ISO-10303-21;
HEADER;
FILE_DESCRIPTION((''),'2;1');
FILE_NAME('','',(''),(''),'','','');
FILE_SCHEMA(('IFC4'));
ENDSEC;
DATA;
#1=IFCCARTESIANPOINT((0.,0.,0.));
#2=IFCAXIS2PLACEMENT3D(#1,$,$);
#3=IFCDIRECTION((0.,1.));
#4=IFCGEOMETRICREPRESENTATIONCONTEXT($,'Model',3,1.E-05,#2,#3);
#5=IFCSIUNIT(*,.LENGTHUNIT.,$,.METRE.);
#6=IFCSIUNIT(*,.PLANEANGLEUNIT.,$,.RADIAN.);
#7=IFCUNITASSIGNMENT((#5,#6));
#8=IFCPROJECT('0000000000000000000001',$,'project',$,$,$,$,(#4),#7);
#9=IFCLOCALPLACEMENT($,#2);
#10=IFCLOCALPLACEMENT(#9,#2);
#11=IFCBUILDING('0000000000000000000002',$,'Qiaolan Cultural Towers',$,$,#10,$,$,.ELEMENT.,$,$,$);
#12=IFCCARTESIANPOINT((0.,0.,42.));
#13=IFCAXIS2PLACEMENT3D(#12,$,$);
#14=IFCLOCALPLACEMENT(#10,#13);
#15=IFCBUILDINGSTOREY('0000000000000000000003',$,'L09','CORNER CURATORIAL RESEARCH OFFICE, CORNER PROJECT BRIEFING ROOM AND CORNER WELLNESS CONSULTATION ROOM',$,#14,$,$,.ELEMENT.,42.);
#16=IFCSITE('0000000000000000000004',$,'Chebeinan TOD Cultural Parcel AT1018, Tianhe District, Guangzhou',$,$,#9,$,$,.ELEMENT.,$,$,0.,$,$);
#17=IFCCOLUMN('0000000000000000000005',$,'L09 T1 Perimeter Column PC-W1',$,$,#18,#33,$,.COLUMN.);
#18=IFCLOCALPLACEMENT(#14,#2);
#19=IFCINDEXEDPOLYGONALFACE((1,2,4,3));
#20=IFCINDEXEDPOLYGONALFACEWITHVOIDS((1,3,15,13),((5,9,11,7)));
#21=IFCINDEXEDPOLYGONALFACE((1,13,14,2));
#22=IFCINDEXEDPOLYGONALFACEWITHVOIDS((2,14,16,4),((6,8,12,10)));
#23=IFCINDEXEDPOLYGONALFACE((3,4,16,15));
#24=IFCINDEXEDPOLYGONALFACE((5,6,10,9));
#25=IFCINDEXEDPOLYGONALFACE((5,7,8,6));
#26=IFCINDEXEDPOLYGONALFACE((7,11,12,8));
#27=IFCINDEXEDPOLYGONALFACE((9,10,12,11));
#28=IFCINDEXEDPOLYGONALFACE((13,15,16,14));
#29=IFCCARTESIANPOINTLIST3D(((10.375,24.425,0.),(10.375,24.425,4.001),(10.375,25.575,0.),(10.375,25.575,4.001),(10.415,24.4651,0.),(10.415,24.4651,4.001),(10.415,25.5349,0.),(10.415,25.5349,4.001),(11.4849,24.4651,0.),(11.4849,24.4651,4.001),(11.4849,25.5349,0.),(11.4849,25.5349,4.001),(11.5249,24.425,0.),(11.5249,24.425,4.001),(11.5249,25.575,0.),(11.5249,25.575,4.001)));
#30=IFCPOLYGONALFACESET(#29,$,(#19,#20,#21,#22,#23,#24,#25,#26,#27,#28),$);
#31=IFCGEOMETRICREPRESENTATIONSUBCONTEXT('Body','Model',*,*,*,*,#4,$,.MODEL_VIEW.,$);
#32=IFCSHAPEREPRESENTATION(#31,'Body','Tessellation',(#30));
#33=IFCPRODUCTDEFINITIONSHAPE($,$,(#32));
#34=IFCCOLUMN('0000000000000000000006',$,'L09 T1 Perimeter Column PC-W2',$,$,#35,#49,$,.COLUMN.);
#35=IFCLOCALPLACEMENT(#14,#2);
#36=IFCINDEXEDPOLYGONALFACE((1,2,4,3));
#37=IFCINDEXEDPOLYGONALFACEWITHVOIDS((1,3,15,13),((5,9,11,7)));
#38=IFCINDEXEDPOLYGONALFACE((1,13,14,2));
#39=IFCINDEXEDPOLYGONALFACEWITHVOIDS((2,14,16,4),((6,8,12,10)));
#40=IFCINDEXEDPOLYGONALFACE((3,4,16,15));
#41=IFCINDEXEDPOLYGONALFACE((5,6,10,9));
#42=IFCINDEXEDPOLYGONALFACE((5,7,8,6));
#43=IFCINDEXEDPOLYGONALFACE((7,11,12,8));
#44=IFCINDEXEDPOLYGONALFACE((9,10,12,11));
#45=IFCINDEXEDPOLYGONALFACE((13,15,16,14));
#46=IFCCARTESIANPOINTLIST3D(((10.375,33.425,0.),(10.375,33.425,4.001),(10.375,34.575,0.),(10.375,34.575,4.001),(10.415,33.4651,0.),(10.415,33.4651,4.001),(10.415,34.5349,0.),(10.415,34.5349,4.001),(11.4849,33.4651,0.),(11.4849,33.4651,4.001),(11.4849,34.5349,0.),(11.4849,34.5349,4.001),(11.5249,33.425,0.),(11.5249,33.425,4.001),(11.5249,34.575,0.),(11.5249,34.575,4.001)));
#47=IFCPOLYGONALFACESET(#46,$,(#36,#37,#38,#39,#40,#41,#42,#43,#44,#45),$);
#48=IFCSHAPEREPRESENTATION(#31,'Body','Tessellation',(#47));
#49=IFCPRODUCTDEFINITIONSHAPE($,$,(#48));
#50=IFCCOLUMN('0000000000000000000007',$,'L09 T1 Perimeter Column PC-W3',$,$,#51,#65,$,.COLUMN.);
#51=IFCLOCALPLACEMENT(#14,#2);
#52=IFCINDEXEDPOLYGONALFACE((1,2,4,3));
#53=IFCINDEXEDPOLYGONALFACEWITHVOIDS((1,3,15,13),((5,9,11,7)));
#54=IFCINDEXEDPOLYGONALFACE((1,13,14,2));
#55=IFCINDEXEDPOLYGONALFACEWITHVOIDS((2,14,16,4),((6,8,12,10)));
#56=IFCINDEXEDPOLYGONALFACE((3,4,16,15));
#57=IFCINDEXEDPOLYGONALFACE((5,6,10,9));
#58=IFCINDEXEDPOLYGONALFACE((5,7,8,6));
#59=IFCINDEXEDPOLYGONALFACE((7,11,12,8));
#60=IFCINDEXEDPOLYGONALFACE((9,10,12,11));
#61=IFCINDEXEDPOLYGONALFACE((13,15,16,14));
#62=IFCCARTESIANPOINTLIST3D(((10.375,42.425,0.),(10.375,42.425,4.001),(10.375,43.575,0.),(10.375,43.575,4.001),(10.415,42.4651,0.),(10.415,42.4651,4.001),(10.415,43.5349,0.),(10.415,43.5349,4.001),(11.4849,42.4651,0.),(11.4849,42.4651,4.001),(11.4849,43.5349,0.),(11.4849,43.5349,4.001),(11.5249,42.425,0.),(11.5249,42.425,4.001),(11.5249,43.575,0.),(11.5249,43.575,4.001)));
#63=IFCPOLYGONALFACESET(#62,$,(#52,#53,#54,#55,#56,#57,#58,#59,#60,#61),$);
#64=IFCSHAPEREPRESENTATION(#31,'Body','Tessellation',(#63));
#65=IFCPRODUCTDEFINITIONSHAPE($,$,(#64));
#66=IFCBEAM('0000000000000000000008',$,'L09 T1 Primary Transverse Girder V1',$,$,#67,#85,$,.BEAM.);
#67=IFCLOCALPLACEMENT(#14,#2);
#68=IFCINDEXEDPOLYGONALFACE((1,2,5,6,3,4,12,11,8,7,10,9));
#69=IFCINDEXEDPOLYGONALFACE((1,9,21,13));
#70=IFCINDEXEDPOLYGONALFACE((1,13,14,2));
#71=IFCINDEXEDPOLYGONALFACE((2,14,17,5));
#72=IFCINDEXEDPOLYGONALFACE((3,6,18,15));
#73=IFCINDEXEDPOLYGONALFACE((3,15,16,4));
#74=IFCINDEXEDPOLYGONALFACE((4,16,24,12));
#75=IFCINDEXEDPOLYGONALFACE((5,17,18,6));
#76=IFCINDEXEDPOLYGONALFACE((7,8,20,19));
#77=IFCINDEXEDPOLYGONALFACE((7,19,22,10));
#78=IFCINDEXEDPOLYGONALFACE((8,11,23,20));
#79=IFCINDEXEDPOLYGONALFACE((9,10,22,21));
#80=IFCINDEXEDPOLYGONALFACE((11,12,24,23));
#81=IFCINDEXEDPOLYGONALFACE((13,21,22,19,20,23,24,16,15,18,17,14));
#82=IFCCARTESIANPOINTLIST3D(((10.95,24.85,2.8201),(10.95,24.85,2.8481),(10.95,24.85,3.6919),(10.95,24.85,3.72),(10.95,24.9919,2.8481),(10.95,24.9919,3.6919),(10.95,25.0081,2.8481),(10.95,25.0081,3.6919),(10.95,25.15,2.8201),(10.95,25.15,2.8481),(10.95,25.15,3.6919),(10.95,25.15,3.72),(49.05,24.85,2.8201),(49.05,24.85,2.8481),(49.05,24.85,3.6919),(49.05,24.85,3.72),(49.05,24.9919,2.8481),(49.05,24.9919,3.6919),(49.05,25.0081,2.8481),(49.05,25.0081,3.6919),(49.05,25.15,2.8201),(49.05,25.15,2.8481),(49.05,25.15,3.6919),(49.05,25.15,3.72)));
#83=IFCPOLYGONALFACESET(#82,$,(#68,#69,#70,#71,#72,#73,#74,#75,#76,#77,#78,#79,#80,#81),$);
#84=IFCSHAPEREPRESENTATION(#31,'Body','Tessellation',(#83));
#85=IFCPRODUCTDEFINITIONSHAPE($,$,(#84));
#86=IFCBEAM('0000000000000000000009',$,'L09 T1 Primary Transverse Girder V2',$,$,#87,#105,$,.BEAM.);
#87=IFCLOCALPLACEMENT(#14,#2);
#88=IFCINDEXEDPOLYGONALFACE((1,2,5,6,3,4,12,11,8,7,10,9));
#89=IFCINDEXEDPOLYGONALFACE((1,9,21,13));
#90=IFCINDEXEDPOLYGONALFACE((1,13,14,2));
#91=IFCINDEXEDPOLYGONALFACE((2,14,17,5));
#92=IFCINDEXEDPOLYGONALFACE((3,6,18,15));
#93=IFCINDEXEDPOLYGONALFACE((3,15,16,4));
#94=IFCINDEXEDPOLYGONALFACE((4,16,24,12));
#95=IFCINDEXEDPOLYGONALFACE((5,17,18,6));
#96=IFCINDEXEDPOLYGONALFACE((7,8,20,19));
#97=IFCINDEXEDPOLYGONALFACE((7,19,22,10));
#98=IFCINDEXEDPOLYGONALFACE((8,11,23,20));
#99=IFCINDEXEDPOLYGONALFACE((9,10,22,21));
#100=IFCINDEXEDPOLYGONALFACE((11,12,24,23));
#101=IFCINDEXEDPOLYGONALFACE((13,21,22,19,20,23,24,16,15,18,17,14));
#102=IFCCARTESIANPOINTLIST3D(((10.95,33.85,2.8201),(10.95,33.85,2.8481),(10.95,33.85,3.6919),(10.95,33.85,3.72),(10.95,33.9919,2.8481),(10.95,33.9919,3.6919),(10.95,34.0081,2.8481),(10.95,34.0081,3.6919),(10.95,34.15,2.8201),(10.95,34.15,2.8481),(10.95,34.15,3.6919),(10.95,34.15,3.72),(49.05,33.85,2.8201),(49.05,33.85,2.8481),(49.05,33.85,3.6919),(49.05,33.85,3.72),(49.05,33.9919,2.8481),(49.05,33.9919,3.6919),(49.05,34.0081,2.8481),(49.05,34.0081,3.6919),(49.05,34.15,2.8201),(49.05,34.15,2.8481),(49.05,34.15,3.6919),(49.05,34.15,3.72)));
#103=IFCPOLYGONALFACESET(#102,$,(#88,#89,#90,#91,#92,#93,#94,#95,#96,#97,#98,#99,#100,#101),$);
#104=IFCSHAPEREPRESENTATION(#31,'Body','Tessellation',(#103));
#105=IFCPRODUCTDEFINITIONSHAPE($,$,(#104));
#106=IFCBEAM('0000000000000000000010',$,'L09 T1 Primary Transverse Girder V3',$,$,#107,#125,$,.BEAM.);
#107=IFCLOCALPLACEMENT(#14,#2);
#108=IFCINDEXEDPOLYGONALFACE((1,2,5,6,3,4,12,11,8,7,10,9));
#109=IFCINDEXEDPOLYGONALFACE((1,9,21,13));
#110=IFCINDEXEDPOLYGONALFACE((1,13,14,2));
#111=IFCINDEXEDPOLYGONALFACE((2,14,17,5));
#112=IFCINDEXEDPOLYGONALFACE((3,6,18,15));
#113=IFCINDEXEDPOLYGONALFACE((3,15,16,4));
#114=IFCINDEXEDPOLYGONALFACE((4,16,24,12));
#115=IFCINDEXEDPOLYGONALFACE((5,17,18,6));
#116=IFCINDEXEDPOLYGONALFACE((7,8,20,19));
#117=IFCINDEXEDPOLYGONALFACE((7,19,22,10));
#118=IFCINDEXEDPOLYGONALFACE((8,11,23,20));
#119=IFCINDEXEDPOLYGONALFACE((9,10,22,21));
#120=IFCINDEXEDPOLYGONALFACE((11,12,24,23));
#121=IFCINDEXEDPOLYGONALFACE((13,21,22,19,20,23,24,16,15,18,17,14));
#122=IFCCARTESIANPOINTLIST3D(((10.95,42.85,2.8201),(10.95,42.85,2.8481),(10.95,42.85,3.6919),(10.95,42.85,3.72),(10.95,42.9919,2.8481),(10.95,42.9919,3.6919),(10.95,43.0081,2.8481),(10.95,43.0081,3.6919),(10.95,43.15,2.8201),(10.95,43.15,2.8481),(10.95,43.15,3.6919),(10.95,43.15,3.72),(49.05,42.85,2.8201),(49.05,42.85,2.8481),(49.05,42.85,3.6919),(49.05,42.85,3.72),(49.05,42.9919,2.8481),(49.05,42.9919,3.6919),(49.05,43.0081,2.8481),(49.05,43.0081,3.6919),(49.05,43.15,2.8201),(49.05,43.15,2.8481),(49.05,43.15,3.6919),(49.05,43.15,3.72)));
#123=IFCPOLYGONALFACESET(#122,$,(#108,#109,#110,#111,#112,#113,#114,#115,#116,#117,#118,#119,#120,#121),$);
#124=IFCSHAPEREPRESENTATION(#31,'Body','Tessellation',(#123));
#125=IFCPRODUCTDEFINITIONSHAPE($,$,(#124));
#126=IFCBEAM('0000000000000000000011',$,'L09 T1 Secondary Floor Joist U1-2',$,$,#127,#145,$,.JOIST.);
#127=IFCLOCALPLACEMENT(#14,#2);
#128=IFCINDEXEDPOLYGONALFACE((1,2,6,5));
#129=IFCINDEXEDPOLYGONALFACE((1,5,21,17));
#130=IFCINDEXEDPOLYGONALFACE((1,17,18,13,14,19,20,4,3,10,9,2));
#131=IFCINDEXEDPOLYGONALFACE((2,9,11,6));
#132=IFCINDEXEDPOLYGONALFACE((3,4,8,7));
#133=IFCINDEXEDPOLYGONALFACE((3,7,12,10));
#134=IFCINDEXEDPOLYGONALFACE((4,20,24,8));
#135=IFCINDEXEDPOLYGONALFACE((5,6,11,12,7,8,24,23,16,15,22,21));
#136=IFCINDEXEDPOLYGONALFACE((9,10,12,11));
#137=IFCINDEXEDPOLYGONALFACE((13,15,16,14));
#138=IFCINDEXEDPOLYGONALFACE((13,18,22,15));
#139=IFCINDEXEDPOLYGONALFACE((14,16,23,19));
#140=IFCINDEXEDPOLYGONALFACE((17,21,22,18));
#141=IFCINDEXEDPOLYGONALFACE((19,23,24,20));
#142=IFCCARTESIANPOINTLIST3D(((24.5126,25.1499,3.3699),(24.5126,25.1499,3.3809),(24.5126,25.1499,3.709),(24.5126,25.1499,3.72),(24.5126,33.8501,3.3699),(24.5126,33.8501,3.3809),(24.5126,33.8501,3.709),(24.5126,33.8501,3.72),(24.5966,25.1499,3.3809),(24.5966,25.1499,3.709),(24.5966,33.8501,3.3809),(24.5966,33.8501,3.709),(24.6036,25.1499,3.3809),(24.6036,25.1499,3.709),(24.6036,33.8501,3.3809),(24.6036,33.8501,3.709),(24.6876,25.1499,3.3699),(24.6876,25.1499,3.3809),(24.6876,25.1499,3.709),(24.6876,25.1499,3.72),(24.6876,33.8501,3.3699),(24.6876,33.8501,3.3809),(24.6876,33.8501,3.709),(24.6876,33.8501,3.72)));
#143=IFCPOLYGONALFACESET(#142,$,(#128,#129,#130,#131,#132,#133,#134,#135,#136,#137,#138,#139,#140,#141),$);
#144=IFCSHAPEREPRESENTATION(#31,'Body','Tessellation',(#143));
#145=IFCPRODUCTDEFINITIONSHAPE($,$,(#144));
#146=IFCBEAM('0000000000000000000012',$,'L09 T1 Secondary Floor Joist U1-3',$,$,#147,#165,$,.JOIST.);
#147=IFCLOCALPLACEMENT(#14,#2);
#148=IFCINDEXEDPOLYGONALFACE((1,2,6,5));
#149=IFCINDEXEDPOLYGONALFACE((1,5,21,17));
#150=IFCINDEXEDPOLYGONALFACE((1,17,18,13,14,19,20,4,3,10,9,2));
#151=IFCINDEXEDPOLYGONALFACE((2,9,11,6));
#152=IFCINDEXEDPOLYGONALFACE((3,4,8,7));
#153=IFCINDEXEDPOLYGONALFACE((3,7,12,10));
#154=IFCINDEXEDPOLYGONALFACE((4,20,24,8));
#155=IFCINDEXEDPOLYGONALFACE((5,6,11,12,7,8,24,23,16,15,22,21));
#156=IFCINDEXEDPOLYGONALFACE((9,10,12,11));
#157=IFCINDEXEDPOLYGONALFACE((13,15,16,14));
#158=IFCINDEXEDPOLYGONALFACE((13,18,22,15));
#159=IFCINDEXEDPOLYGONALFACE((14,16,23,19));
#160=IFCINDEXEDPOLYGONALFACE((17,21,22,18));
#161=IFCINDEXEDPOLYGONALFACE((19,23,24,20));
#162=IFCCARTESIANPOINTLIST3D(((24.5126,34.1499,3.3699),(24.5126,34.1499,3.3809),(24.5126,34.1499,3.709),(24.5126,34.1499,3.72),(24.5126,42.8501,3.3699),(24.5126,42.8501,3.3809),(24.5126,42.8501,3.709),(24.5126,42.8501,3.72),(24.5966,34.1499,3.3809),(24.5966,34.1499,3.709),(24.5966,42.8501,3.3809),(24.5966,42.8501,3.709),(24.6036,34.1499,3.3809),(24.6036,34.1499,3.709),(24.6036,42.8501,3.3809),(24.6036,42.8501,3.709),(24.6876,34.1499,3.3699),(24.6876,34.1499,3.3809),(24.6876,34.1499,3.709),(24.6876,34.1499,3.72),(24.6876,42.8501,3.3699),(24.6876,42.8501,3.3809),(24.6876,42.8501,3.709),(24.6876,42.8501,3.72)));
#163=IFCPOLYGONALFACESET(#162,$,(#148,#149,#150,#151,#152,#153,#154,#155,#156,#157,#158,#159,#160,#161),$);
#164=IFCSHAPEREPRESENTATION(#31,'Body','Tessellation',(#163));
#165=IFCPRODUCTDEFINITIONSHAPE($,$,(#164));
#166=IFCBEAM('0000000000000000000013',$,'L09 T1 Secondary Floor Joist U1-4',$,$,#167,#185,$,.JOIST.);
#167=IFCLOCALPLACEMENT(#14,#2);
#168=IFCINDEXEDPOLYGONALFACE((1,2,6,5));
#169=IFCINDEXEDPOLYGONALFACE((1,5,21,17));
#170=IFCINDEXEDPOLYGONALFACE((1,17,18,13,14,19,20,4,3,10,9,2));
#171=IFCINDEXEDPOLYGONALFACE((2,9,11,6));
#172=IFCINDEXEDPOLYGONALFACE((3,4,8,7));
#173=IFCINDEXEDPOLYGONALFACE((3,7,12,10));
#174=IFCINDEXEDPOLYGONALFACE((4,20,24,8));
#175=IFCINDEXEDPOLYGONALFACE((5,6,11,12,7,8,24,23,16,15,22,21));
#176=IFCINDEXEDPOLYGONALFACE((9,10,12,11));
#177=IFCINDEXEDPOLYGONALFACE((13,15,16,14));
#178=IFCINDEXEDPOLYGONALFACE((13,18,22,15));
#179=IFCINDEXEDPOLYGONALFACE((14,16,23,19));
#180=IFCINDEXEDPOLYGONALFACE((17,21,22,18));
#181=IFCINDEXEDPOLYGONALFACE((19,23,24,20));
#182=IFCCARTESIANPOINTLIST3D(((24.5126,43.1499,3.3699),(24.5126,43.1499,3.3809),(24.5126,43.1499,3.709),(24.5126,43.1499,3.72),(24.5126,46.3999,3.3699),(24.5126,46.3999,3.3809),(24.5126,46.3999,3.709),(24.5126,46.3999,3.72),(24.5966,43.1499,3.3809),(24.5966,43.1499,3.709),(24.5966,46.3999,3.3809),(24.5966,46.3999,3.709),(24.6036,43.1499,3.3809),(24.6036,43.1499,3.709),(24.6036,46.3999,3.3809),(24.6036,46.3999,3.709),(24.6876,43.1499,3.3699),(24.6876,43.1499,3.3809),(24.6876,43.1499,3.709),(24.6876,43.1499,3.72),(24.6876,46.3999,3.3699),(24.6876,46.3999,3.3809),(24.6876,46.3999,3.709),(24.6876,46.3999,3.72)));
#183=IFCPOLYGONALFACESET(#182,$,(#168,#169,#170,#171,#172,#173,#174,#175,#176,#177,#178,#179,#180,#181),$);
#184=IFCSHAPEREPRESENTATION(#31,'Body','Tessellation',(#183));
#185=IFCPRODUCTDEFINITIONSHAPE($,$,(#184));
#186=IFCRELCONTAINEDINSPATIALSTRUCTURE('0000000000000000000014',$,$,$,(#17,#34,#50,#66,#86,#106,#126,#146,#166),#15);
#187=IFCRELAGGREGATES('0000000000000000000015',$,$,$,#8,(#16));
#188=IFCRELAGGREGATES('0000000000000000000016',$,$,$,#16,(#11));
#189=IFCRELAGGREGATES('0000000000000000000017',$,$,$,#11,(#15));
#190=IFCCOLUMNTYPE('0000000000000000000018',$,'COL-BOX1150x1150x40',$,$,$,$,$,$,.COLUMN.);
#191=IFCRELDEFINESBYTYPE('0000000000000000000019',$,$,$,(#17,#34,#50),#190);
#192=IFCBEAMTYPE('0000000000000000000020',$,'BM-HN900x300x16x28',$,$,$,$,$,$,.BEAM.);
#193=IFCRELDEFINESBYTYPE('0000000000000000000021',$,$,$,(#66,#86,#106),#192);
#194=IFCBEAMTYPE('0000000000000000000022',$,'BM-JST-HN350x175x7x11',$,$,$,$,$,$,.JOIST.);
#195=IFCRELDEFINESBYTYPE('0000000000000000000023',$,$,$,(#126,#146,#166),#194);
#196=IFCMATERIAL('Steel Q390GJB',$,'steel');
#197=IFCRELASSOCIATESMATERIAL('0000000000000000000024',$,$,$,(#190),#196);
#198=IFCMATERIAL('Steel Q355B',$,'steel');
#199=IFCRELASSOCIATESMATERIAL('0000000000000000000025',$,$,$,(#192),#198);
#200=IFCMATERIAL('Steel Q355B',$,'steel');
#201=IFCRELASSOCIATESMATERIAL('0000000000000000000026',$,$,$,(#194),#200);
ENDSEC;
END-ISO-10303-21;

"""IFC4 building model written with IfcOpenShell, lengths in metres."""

from ifc_helpers import new_model, si_unit, direction, frame, origin, origin_2d, place, context, subcontext, project, spatial, hollow_rectangle, i_section, extrude, material, material_profile, profile_set, type_object, element, save


model = new_model("IFC4")

# Units and contexts
model_context = context("Model", 3, precision=1e-05, world=origin(), true_north=direction((0.0, 1.0)))
body_context = subcontext(model_context, "Body", "Model", "MODEL_VIEW")
ifc_project = project(units=[si_unit("LENGTHUNIT", "METRE"), si_unit("PLANEANGLEUNIT", "RADIAN")], contexts=[model_context])

# Site, building, storey
site_placement = place(None, origin())
site = spatial("IfcSite", under=ifc_project, at=site_placement, Name="Chebeinan TOD Cultural Parcel AT1018, Tianhe District, Guangzhou", CompositionType="ELEMENT", RefElevation=0.0)
building_placement = place(site_placement, origin())
building = spatial("IfcBuilding", under=site, at=building_placement, Name="Qiaolan Cultural Towers", CompositionType="ELEMENT")
storey_placement = place(building_placement, frame((0.0, 0.0, 42.0)))
storey = spatial("IfcBuildingStorey", under=building, at=storey_placement, Name="L09", Description="CORNER CURATORIAL RESEARCH OFFICE, CORNER PROJECT BRIEFING ROOM AND CORNER WELLNESS CONSULTATION ROOM", CompositionType="ELEMENT", Elevation=42.0)

# Columns
ifc_material_1 = material(Name="Steel Q390GJB", Category="steel")
ifc_material_profile_1 = material_profile(ifc_material_1, hollow_rectangle(XDim=1.1499, YDim=1.1499, WallThickness=0.04, at=origin_2d()), Name="BOX1150x1150x40")
ifc_profile_set_1 = profile_set([ifc_material_profile_1], Name="Steel Q390GJB")
column_type = type_object("IfcColumnType", Name="COL-BOX1150x1150x40", PredefinedType="COLUMN", material=ifc_profile_set_1)
for number, where, z_axis, x_axis, name in (
    (1, (10.95, 25.0, 0.0), (0.0, 0.0, 1.0), (1.0, 0.0, 0.0), "L09 T1 Perimeter Column PC-W1"),
    (2, (10.95, 34.0, 0.0), (0.0, 0.0, 1.0), (1.0, 0.0, 0.0), "L09 T1 Perimeter Column PC-W2"),
    (3, (10.95, 43.0, 0.0), (0.0, 0.0, 1.0), (1.0, 0.0, 0.0), "L09 T1 Perimeter Column PC-W3"),
):
    element("IfcColumn", number, at=place(storey_placement, frame(where, z_axis=z_axis, x_axis=x_axis)), inside=storey, type_object=column_type, Name=name, PredefinedType="COLUMN", context=body_context, shape_type="SweptSolid", body=[
        extrude(hollow_rectangle(XDim=1.1499, YDim=1.1499, WallThickness=0.04, at=origin_2d()), origin(), (0.0, 0.0, 1.0), 4.001),
    ])

# Beams
ifc_material_2 = material(Name="Steel Q355B", Category="steel")
ifc_material_profile_2 = material_profile(ifc_material_2, i_section(OverallWidth=0.3, OverallDepth=0.8999, WebThickness=0.0161, FlangeThickness=0.0281, at=origin_2d()), Name="HN900x300x16x28")
ifc_profile_set_2 = profile_set([ifc_material_profile_2], Name="Steel Q355B")
beam_type_1 = type_object("IfcBeamType", Name="BM-HN900x300x16x28", PredefinedType="BEAM", material=ifc_profile_set_2)
for number, where, z_axis, x_axis, name in (
    (4, (10.95, 25.0, 3.27), (1.0, 0.0, 0.0), (0.0, 1.0, 0.0), "L09 T1 Primary Transverse Girder V1"),
    (5, (10.95, 34.0, 3.27), (1.0, 0.0, 0.0), (0.0, 1.0, 0.0), "L09 T1 Primary Transverse Girder V2"),
    (6, (10.95, 43.0, 3.27), (1.0, 0.0, 0.0), (0.0, 1.0, 0.0), "L09 T1 Primary Transverse Girder V3"),
):
    element("IfcBeam", number, at=place(storey_placement, frame(where, z_axis=z_axis, x_axis=x_axis)), inside=storey, type_object=beam_type_1, Name=name, PredefinedType="BEAM", context=body_context, shape_type="SweptSolid", body=[
        extrude(i_section(OverallWidth=0.3, OverallDepth=0.8999, WebThickness=0.0161, FlangeThickness=0.0281, at=origin_2d()), origin(), (0.0, 0.0, 1.0), 38.1001),
    ])
ifc_material_3 = material(Name="Steel Q355B", Category="steel")
ifc_material_profile_3 = material_profile(ifc_material_3, i_section(OverallWidth=0.175, OverallDepth=0.3501, WebThickness=0.0071, FlangeThickness=0.011, at=origin_2d()), Name="HN350x175x7x11")
ifc_profile_set_3 = profile_set([ifc_material_profile_3], Name="Steel Q355B")
beam_type_2 = type_object("IfcBeamType", Name="BM-JST-HN350x175x7x11", PredefinedType="JOIST", material=ifc_profile_set_3)
for number, where, z_axis, x_axis, name in (
    (7, (24.6001, 25.1499, 3.5449), (0.0, 1.0, 0.0), (-1.0, 0.0, 0.0), "L09 T1 Secondary Floor Joist U1-2"),
    (8, (24.6001, 34.1499, 3.5449), (0.0, 1.0, 0.0), (-1.0, 0.0, 0.0), "L09 T1 Secondary Floor Joist U1-3"),
):
    element("IfcBeam", number, at=place(storey_placement, frame(where, z_axis=z_axis, x_axis=x_axis)), inside=storey, type_object=beam_type_2, Name=name, PredefinedType="JOIST", context=body_context, shape_type="SweptSolid", body=[
        extrude(i_section(OverallWidth=0.175, OverallDepth=0.3501, WebThickness=0.0071, FlangeThickness=0.011, at=origin_2d()), origin(), (0.0, 0.0, 1.0), 8.7002),
    ])
beam_1_placement = place(storey_placement, frame((24.6001, 43.1499, 3.5449), z_axis=(0.0, 1.0, 0.0), x_axis=(-1.0, 0.0, 0.0)))
element("IfcBeam", 9, at=beam_1_placement, inside=storey, type_object=beam_type_2, Name="L09 T1 Secondary Floor Joist U1-4", PredefinedType="JOIST", context=body_context, shape_type="SweptSolid", body=[
    extrude(i_section(OverallWidth=0.175, OverallDepth=0.3501, WebThickness=0.0071, FlangeThickness=0.011, at=origin_2d()), origin(), (0.0, 0.0, 1.0), 3.25),
])

save(model, "model.ifc")
